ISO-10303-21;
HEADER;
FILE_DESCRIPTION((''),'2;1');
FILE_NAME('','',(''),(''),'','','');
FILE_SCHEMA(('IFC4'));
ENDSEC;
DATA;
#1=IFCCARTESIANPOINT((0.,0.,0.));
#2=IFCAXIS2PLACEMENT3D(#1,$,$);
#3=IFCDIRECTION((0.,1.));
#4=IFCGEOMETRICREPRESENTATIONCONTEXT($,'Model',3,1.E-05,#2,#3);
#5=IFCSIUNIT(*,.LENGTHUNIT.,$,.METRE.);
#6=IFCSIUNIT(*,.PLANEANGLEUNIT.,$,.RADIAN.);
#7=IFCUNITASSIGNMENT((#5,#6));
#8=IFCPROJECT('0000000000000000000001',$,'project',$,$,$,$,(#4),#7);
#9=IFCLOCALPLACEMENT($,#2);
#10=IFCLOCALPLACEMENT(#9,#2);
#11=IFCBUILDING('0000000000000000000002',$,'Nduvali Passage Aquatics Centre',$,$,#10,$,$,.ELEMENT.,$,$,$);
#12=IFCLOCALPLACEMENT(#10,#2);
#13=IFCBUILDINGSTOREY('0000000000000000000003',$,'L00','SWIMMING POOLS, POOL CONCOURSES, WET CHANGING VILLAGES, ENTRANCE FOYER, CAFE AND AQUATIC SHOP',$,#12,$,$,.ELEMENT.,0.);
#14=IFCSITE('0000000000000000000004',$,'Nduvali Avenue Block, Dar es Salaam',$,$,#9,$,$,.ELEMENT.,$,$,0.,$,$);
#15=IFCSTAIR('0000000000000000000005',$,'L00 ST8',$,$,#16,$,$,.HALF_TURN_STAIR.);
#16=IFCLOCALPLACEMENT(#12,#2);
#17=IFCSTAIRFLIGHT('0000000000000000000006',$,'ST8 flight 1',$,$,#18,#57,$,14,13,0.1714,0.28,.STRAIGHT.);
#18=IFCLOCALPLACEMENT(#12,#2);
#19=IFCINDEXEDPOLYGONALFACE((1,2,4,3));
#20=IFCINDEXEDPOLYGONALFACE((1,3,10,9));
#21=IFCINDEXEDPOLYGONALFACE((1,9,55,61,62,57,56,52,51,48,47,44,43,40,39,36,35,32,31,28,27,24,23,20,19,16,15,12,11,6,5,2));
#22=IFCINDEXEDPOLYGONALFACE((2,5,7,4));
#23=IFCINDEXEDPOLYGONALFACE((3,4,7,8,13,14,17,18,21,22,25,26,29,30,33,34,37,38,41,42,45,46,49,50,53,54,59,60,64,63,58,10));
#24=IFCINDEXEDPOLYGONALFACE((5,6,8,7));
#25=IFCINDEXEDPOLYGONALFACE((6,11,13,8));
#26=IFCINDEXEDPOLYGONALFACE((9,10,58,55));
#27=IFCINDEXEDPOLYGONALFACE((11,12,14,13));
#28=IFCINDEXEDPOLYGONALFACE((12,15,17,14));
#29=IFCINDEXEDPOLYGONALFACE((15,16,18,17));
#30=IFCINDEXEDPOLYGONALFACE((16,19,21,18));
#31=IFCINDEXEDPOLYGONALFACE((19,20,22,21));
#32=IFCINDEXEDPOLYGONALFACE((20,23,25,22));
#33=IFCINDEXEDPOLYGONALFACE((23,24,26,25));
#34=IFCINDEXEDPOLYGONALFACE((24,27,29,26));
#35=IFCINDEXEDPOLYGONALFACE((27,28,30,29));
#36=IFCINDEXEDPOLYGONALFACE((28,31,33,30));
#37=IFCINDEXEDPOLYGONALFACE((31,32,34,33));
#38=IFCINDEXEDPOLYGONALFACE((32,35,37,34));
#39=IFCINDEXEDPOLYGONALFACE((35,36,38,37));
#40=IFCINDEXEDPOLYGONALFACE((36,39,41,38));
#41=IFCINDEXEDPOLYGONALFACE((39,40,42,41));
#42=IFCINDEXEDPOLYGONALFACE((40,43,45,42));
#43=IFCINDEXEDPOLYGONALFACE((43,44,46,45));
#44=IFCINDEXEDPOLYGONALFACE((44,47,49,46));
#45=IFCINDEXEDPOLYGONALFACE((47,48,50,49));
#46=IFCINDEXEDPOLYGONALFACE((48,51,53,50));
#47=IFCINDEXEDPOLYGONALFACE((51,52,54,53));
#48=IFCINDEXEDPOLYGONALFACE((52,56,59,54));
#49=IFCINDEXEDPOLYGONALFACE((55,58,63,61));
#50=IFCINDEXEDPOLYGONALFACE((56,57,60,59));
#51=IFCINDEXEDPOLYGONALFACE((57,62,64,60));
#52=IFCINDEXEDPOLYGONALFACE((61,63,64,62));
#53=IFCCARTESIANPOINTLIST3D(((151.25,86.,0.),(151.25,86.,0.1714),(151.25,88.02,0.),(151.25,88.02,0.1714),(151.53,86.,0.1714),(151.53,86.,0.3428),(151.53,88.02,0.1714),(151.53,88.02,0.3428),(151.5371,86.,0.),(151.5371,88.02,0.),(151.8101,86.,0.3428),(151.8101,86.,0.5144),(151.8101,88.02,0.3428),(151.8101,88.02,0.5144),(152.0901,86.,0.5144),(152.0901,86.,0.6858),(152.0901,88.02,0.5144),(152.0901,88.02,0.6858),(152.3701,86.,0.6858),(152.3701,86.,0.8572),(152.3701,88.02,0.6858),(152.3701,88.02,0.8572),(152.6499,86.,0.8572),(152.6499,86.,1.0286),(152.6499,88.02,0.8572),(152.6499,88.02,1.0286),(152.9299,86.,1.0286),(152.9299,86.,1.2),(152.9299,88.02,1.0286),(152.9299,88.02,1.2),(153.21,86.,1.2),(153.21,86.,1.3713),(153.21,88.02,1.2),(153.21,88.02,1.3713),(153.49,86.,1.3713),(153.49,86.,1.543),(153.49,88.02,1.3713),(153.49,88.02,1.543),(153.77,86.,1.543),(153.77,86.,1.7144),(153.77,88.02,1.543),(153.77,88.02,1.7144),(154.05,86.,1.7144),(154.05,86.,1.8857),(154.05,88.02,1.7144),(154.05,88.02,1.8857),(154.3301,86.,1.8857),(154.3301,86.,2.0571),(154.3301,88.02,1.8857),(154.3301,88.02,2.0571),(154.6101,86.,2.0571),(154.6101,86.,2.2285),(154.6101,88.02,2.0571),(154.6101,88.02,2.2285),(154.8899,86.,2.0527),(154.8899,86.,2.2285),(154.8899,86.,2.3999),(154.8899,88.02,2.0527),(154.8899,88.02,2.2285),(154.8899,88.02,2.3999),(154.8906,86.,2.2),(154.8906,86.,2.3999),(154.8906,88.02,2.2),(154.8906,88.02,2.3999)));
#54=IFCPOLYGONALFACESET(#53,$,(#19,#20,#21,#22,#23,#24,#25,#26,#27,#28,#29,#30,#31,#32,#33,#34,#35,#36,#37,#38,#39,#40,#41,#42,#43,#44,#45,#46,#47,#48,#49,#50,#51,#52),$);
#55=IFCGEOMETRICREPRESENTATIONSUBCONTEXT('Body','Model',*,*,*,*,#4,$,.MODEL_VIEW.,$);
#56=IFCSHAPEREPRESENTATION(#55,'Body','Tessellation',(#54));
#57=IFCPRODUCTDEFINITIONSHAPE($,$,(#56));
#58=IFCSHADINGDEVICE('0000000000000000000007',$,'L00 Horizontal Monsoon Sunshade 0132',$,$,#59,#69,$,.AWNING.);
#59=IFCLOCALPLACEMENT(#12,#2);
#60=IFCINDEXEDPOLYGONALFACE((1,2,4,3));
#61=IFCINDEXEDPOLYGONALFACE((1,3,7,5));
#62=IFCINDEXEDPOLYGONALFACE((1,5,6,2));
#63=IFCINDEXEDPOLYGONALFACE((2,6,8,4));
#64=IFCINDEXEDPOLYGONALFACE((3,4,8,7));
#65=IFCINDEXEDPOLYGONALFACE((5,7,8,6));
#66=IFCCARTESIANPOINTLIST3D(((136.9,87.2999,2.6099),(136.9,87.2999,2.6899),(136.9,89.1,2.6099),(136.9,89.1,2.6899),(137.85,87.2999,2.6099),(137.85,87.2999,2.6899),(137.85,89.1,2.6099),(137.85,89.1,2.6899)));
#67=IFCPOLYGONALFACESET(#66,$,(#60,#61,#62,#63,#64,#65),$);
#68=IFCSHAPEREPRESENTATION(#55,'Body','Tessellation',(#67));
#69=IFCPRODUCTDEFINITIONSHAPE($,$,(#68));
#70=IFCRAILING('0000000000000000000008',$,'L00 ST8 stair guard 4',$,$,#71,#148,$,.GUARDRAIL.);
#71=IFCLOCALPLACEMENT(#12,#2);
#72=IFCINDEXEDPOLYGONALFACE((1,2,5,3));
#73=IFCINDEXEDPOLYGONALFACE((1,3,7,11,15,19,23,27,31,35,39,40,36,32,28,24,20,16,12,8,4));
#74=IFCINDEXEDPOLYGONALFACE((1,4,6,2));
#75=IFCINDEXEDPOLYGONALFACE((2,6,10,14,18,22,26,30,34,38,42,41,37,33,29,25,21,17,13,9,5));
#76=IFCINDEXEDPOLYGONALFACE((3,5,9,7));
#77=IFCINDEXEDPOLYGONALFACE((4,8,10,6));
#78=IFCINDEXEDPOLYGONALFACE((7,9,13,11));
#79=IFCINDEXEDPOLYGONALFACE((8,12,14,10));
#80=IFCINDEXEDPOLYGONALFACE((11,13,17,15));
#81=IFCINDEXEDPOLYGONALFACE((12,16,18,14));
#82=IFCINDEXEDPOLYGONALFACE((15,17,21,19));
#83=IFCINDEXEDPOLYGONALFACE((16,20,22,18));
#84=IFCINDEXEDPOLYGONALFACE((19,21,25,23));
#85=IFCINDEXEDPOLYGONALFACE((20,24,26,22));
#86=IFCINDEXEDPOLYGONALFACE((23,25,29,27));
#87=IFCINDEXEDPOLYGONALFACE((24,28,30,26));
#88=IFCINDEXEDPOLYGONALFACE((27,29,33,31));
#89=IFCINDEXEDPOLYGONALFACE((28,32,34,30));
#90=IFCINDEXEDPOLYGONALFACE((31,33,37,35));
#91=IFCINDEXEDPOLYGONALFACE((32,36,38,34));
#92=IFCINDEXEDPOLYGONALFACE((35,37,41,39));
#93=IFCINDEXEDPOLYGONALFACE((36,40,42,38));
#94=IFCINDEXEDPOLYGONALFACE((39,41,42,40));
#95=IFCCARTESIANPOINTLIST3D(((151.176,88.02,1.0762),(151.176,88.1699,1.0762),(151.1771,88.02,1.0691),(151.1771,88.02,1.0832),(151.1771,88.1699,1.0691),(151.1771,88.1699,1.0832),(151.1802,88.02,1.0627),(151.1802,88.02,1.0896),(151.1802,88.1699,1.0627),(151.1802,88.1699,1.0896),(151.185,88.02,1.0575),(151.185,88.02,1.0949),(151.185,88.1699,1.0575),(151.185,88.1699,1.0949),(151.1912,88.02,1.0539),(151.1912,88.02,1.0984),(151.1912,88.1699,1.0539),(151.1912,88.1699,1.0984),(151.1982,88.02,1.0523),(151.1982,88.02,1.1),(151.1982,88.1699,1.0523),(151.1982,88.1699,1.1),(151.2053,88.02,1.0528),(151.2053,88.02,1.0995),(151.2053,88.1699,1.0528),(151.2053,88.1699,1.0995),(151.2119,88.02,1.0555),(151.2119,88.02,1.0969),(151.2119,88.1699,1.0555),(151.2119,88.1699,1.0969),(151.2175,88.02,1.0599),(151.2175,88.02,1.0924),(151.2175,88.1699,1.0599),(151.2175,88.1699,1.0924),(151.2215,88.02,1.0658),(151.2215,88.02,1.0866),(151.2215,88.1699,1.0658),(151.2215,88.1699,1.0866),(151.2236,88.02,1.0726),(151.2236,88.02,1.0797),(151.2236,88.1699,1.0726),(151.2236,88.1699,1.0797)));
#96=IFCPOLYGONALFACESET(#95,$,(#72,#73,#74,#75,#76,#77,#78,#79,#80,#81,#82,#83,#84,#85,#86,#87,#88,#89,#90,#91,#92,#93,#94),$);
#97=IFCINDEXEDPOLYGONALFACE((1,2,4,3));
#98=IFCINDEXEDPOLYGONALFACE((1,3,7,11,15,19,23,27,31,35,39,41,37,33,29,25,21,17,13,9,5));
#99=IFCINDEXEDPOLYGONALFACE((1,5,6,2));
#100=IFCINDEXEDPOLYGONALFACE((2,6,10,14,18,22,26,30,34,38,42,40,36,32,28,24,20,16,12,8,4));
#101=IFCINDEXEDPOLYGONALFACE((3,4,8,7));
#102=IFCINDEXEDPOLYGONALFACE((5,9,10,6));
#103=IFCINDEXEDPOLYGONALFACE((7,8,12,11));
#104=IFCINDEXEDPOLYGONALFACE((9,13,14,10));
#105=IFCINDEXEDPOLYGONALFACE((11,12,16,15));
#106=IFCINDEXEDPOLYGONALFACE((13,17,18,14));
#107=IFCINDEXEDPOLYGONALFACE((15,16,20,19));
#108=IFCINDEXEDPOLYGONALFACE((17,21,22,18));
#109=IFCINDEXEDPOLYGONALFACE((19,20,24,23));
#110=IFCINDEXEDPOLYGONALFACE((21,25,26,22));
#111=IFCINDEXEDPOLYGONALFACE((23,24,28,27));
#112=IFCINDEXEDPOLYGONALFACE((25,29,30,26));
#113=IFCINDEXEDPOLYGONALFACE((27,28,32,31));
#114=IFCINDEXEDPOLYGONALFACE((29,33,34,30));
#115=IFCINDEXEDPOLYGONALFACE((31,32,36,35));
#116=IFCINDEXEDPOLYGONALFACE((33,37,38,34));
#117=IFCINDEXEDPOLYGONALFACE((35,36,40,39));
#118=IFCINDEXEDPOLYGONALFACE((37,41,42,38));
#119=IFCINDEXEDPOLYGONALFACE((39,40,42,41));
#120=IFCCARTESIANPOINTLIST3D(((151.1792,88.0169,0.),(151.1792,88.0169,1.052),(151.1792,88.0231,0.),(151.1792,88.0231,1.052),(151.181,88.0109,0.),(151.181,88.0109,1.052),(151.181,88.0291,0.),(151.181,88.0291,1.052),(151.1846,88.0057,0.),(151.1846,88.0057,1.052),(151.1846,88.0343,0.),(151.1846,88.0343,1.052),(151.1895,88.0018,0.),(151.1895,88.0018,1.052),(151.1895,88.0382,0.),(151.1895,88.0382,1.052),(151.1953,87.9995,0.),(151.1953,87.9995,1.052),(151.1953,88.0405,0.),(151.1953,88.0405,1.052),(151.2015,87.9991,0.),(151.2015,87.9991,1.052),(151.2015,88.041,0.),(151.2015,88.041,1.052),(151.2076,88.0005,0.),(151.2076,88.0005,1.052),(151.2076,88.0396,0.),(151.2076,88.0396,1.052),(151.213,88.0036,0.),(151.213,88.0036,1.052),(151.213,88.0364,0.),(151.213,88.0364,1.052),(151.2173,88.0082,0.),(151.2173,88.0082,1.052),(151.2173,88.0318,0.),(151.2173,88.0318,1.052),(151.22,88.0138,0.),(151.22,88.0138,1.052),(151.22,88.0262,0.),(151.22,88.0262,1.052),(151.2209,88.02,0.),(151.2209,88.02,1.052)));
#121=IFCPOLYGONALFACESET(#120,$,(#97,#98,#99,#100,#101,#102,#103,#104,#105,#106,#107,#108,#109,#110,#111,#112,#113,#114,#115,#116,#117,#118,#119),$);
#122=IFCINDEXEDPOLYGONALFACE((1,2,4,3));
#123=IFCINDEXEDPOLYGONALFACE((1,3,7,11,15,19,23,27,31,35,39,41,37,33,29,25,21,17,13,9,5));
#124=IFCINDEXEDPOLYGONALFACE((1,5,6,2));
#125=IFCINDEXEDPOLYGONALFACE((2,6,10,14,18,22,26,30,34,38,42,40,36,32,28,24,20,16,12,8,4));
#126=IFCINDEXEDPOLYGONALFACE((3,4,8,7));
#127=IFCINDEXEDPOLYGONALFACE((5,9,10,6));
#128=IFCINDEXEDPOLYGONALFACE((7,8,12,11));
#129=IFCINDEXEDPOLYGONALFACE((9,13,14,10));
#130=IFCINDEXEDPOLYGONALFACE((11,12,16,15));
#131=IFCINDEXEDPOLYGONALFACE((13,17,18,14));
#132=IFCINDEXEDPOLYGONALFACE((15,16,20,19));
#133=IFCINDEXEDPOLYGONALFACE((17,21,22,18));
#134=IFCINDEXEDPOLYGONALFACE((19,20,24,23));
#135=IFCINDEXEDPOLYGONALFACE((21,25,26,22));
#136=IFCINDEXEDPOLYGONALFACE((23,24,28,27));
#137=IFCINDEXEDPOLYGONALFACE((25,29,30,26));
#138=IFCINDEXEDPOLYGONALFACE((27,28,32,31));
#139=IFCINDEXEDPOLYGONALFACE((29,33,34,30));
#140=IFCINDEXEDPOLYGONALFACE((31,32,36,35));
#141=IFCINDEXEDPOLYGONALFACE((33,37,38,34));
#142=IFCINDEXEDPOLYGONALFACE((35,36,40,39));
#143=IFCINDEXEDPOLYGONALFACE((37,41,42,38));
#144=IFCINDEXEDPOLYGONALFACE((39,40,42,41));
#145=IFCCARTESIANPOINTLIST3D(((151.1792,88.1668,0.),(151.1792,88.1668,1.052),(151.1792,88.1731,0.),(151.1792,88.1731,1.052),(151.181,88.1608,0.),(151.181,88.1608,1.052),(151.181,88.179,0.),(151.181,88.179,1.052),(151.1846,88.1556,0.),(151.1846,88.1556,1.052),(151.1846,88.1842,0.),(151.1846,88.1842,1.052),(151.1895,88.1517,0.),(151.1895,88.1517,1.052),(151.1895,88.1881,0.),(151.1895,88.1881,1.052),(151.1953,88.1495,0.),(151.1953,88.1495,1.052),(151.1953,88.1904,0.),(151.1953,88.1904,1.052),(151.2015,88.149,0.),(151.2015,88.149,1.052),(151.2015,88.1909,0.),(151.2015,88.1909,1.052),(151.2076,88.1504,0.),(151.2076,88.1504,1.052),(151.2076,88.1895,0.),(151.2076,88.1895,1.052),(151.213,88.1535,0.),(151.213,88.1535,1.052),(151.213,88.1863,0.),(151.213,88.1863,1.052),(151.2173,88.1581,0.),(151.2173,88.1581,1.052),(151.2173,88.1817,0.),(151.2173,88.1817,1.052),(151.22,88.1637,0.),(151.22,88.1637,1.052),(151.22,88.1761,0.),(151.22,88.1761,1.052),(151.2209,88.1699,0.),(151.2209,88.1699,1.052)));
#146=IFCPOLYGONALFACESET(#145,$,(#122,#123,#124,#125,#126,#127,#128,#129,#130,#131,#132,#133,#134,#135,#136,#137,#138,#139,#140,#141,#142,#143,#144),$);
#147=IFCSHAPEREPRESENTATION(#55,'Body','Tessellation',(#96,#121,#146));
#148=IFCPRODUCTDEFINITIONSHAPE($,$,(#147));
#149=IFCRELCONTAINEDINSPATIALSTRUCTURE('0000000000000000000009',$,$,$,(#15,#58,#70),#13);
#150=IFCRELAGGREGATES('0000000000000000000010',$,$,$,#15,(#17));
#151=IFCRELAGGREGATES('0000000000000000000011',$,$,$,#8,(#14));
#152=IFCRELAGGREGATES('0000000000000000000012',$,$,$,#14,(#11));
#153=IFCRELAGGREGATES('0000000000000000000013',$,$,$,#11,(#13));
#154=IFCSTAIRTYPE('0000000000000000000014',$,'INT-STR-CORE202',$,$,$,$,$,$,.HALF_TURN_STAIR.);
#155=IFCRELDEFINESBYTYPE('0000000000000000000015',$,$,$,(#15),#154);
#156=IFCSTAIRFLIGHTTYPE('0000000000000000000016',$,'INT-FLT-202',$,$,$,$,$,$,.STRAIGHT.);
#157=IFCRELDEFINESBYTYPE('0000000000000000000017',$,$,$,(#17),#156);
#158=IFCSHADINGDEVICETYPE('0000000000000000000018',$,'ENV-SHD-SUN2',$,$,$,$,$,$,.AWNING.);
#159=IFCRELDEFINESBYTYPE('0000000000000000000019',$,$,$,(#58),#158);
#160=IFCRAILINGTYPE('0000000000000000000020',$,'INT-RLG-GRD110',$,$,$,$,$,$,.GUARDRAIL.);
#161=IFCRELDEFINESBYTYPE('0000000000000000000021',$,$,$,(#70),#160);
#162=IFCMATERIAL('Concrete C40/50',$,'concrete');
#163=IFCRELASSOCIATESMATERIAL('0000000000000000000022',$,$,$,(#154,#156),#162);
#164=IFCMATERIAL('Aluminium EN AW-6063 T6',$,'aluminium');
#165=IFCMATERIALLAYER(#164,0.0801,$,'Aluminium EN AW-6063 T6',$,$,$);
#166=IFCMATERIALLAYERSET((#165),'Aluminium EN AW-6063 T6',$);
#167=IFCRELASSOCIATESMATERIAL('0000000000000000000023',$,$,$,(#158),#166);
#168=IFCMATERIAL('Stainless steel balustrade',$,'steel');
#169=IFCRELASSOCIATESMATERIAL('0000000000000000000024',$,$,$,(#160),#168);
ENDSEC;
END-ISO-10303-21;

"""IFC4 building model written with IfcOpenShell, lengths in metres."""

from ifc_helpers import new_model, si_unit, direction, frame, origin, origin_2d, place, context, subcontext, project, spatial, polyline, rectangle, circle, outline, extrude, material, layer, layer_set, type_object, element, aggregate, save


model = new_model("IFC4")

# Units and contexts
model_context = context("Model", 3, precision=1e-05, world=origin(), true_north=direction((0.0, 1.0)))
body_context = subcontext(model_context, "Body", "Model", "MODEL_VIEW")
ifc_project = project(units=[si_unit("LENGTHUNIT", "METRE"), si_unit("PLANEANGLEUNIT", "RADIAN")], contexts=[model_context])

# Site, building, storey
site_placement = place(None, origin())
site = spatial("IfcSite", under=ifc_project, at=site_placement, Name="Nduvali Avenue Block, Dar es Salaam", CompositionType="ELEMENT", RefElevation=0.0)
building_placement = place(site_placement, origin())
building = spatial("IfcBuilding", under=site, at=building_placement, Name="Nduvali Passage Aquatics Centre", CompositionType="ELEMENT")
storey_placement = place(building_placement, origin())
storey = spatial("IfcBuildingStorey", under=building, at=storey_placement, Name="L00", Description="SWIMMING POOLS, POOL CONCOURSES, WET CHANGING VILLAGES, ENTRANCE FOYER, CAFE AND AQUATIC SHOP", CompositionType="ELEMENT", Elevation=0.0)

# Shared definitions
ifc_material_1 = material(Name="Concrete C40/50", Category="concrete")

# Shared definitions
ifc_material_2 = material(Name="Aluminium EN AW-6063 T6", Category="aluminium")

# Stair, stair flight
stair_type = type_object("IfcStairType", Name="INT-STR-CORE202", PredefinedType="HALF_TURN_STAIR", material=ifc_material_1)
stair_placement = place(storey_placement, origin())
stair = element("IfcStair", 1, at=stair_placement, inside=storey, type_object=stair_type, Name="L00 ST8", PredefinedType="HALF_TURN_STAIR")
stair_flight_type = type_object("IfcStairFlightType", Name="INT-FLT-202", PredefinedType="STRAIGHT", material=ifc_material_1)
stair_flight_placement = place(storey_placement, frame((151.25, 87.01, 0.0), z_axis=(0.0, 0.0, 1.0), x_axis=(1.0, 0.0, 0.0)))
stair_flight = element("IfcStairFlight", 2, at=stair_flight_placement, type_object=stair_flight_type, Name="ST8 flight 1", NumberOfRisers=14, NumberOfTreads=13, PredefinedType="STRAIGHT", RiserHeight=0.1714, TreadLength=0.28, context=body_context, shape_type="SweptSolid", body=[
    extrude(outline(polyline([(0.0, 0.0), (0.0, 0.1714), (0.28, 0.1714), (0.28, 0.3428), (0.5601, 0.3428), (0.5601, 0.5144), (0.8401, 0.5144), (0.8401, 0.6858), (1.1201, 0.6858), (1.1201, 0.8572), (1.3999, 0.8572), (1.3999, 1.0286), (1.6799, 1.0286), (1.6799, 1.2), (1.96, 1.2), (1.96, 1.3713), (2.24, 1.3713), (2.24, 1.543), (2.52, 1.543), (2.52, 1.7144), (2.8, 1.7144), (2.8, 1.8857), (3.0801, 1.8857), (3.0801, 2.0571), (3.3601, 2.0571), (3.3601, 2.2285), (3.6399, 2.2285), (3.6399, 2.3999), (3.6406, 2.3999), (3.6406, 2.2), (3.6399, 2.0527), (0.2871, 0.0), (0.0, 0.0)])), frame((0.0, 1.01, 0.0), z_axis=(0.0, -1.0, 0.0), x_axis=(1.0, 0.0, 0.0)), (0.0, 0.0, 1.0), 2.02),
])
aggregate(stair, [stair_flight])

# Shading device
ifc_layer_1 = layer(ifc_material_2, 0.0801, Name="Aluminium EN AW-6063 T6")
ifc_layer_set_1 = layer_set([ifc_layer_1], Name="Aluminium EN AW-6063 T6")
shading_device_type = type_object("IfcShadingDeviceType", Name="ENV-SHD-SUN2", PredefinedType="AWNING", material=ifc_layer_set_1)
shading_device_placement = place(storey_placement, frame((137.375, 88.2, 2.6099), z_axis=(0.0, 0.0, 1.0), x_axis=(0.0, -1.0, 0.0)))
element("IfcShadingDevice", 3, at=shading_device_placement, inside=storey, type_object=shading_device_type, Name="L00 Horizontal Monsoon Sunshade 0132", PredefinedType="AWNING", context=body_context, shape_type="SweptSolid", body=[
    extrude(rectangle(XDim=1.8, YDim=0.95, at=origin_2d()), origin(), (0.0, 0.0, 1.0), 0.0801),
])

# Railing
ifc_material_3 = material(Name="Stainless steel balustrade", Category="steel")
railing_type_1 = type_object("IfcRailingType", Name="INT-RLG-GRD110", PredefinedType="GUARDRAIL", material=ifc_material_3)
railing_1_placement = place(storey_placement, frame((151.2, 88.02, 0.0)))
element("IfcRailing", 4, at=railing_1_placement, inside=storey, type_object=railing_type_1, Name="L00 ST8 stair guard 4", PredefinedType="GUARDRAIL", context=body_context, shape_type="SweptSolid", body=[
    extrude(circle(Radius=0.0239, at=origin_2d()), frame((0.0, 0.0, 1.0762), z_axis=(0.0, 1.0, 0.0), x_axis=(-1.0, 0.0, 0.0)), (0.0, 0.0, 1.0), 0.1499),
    extrude(circle(Radius=0.021, at=origin_2d()), origin(), (0.0, 0.0, 1.0), 1.052),
    extrude(circle(Radius=0.021, at=origin_2d()), frame((0.0, 0.1499, 0.0)), (0.0, 0.0, 1.0), 1.052),
])

save(model, "model.ifc")
